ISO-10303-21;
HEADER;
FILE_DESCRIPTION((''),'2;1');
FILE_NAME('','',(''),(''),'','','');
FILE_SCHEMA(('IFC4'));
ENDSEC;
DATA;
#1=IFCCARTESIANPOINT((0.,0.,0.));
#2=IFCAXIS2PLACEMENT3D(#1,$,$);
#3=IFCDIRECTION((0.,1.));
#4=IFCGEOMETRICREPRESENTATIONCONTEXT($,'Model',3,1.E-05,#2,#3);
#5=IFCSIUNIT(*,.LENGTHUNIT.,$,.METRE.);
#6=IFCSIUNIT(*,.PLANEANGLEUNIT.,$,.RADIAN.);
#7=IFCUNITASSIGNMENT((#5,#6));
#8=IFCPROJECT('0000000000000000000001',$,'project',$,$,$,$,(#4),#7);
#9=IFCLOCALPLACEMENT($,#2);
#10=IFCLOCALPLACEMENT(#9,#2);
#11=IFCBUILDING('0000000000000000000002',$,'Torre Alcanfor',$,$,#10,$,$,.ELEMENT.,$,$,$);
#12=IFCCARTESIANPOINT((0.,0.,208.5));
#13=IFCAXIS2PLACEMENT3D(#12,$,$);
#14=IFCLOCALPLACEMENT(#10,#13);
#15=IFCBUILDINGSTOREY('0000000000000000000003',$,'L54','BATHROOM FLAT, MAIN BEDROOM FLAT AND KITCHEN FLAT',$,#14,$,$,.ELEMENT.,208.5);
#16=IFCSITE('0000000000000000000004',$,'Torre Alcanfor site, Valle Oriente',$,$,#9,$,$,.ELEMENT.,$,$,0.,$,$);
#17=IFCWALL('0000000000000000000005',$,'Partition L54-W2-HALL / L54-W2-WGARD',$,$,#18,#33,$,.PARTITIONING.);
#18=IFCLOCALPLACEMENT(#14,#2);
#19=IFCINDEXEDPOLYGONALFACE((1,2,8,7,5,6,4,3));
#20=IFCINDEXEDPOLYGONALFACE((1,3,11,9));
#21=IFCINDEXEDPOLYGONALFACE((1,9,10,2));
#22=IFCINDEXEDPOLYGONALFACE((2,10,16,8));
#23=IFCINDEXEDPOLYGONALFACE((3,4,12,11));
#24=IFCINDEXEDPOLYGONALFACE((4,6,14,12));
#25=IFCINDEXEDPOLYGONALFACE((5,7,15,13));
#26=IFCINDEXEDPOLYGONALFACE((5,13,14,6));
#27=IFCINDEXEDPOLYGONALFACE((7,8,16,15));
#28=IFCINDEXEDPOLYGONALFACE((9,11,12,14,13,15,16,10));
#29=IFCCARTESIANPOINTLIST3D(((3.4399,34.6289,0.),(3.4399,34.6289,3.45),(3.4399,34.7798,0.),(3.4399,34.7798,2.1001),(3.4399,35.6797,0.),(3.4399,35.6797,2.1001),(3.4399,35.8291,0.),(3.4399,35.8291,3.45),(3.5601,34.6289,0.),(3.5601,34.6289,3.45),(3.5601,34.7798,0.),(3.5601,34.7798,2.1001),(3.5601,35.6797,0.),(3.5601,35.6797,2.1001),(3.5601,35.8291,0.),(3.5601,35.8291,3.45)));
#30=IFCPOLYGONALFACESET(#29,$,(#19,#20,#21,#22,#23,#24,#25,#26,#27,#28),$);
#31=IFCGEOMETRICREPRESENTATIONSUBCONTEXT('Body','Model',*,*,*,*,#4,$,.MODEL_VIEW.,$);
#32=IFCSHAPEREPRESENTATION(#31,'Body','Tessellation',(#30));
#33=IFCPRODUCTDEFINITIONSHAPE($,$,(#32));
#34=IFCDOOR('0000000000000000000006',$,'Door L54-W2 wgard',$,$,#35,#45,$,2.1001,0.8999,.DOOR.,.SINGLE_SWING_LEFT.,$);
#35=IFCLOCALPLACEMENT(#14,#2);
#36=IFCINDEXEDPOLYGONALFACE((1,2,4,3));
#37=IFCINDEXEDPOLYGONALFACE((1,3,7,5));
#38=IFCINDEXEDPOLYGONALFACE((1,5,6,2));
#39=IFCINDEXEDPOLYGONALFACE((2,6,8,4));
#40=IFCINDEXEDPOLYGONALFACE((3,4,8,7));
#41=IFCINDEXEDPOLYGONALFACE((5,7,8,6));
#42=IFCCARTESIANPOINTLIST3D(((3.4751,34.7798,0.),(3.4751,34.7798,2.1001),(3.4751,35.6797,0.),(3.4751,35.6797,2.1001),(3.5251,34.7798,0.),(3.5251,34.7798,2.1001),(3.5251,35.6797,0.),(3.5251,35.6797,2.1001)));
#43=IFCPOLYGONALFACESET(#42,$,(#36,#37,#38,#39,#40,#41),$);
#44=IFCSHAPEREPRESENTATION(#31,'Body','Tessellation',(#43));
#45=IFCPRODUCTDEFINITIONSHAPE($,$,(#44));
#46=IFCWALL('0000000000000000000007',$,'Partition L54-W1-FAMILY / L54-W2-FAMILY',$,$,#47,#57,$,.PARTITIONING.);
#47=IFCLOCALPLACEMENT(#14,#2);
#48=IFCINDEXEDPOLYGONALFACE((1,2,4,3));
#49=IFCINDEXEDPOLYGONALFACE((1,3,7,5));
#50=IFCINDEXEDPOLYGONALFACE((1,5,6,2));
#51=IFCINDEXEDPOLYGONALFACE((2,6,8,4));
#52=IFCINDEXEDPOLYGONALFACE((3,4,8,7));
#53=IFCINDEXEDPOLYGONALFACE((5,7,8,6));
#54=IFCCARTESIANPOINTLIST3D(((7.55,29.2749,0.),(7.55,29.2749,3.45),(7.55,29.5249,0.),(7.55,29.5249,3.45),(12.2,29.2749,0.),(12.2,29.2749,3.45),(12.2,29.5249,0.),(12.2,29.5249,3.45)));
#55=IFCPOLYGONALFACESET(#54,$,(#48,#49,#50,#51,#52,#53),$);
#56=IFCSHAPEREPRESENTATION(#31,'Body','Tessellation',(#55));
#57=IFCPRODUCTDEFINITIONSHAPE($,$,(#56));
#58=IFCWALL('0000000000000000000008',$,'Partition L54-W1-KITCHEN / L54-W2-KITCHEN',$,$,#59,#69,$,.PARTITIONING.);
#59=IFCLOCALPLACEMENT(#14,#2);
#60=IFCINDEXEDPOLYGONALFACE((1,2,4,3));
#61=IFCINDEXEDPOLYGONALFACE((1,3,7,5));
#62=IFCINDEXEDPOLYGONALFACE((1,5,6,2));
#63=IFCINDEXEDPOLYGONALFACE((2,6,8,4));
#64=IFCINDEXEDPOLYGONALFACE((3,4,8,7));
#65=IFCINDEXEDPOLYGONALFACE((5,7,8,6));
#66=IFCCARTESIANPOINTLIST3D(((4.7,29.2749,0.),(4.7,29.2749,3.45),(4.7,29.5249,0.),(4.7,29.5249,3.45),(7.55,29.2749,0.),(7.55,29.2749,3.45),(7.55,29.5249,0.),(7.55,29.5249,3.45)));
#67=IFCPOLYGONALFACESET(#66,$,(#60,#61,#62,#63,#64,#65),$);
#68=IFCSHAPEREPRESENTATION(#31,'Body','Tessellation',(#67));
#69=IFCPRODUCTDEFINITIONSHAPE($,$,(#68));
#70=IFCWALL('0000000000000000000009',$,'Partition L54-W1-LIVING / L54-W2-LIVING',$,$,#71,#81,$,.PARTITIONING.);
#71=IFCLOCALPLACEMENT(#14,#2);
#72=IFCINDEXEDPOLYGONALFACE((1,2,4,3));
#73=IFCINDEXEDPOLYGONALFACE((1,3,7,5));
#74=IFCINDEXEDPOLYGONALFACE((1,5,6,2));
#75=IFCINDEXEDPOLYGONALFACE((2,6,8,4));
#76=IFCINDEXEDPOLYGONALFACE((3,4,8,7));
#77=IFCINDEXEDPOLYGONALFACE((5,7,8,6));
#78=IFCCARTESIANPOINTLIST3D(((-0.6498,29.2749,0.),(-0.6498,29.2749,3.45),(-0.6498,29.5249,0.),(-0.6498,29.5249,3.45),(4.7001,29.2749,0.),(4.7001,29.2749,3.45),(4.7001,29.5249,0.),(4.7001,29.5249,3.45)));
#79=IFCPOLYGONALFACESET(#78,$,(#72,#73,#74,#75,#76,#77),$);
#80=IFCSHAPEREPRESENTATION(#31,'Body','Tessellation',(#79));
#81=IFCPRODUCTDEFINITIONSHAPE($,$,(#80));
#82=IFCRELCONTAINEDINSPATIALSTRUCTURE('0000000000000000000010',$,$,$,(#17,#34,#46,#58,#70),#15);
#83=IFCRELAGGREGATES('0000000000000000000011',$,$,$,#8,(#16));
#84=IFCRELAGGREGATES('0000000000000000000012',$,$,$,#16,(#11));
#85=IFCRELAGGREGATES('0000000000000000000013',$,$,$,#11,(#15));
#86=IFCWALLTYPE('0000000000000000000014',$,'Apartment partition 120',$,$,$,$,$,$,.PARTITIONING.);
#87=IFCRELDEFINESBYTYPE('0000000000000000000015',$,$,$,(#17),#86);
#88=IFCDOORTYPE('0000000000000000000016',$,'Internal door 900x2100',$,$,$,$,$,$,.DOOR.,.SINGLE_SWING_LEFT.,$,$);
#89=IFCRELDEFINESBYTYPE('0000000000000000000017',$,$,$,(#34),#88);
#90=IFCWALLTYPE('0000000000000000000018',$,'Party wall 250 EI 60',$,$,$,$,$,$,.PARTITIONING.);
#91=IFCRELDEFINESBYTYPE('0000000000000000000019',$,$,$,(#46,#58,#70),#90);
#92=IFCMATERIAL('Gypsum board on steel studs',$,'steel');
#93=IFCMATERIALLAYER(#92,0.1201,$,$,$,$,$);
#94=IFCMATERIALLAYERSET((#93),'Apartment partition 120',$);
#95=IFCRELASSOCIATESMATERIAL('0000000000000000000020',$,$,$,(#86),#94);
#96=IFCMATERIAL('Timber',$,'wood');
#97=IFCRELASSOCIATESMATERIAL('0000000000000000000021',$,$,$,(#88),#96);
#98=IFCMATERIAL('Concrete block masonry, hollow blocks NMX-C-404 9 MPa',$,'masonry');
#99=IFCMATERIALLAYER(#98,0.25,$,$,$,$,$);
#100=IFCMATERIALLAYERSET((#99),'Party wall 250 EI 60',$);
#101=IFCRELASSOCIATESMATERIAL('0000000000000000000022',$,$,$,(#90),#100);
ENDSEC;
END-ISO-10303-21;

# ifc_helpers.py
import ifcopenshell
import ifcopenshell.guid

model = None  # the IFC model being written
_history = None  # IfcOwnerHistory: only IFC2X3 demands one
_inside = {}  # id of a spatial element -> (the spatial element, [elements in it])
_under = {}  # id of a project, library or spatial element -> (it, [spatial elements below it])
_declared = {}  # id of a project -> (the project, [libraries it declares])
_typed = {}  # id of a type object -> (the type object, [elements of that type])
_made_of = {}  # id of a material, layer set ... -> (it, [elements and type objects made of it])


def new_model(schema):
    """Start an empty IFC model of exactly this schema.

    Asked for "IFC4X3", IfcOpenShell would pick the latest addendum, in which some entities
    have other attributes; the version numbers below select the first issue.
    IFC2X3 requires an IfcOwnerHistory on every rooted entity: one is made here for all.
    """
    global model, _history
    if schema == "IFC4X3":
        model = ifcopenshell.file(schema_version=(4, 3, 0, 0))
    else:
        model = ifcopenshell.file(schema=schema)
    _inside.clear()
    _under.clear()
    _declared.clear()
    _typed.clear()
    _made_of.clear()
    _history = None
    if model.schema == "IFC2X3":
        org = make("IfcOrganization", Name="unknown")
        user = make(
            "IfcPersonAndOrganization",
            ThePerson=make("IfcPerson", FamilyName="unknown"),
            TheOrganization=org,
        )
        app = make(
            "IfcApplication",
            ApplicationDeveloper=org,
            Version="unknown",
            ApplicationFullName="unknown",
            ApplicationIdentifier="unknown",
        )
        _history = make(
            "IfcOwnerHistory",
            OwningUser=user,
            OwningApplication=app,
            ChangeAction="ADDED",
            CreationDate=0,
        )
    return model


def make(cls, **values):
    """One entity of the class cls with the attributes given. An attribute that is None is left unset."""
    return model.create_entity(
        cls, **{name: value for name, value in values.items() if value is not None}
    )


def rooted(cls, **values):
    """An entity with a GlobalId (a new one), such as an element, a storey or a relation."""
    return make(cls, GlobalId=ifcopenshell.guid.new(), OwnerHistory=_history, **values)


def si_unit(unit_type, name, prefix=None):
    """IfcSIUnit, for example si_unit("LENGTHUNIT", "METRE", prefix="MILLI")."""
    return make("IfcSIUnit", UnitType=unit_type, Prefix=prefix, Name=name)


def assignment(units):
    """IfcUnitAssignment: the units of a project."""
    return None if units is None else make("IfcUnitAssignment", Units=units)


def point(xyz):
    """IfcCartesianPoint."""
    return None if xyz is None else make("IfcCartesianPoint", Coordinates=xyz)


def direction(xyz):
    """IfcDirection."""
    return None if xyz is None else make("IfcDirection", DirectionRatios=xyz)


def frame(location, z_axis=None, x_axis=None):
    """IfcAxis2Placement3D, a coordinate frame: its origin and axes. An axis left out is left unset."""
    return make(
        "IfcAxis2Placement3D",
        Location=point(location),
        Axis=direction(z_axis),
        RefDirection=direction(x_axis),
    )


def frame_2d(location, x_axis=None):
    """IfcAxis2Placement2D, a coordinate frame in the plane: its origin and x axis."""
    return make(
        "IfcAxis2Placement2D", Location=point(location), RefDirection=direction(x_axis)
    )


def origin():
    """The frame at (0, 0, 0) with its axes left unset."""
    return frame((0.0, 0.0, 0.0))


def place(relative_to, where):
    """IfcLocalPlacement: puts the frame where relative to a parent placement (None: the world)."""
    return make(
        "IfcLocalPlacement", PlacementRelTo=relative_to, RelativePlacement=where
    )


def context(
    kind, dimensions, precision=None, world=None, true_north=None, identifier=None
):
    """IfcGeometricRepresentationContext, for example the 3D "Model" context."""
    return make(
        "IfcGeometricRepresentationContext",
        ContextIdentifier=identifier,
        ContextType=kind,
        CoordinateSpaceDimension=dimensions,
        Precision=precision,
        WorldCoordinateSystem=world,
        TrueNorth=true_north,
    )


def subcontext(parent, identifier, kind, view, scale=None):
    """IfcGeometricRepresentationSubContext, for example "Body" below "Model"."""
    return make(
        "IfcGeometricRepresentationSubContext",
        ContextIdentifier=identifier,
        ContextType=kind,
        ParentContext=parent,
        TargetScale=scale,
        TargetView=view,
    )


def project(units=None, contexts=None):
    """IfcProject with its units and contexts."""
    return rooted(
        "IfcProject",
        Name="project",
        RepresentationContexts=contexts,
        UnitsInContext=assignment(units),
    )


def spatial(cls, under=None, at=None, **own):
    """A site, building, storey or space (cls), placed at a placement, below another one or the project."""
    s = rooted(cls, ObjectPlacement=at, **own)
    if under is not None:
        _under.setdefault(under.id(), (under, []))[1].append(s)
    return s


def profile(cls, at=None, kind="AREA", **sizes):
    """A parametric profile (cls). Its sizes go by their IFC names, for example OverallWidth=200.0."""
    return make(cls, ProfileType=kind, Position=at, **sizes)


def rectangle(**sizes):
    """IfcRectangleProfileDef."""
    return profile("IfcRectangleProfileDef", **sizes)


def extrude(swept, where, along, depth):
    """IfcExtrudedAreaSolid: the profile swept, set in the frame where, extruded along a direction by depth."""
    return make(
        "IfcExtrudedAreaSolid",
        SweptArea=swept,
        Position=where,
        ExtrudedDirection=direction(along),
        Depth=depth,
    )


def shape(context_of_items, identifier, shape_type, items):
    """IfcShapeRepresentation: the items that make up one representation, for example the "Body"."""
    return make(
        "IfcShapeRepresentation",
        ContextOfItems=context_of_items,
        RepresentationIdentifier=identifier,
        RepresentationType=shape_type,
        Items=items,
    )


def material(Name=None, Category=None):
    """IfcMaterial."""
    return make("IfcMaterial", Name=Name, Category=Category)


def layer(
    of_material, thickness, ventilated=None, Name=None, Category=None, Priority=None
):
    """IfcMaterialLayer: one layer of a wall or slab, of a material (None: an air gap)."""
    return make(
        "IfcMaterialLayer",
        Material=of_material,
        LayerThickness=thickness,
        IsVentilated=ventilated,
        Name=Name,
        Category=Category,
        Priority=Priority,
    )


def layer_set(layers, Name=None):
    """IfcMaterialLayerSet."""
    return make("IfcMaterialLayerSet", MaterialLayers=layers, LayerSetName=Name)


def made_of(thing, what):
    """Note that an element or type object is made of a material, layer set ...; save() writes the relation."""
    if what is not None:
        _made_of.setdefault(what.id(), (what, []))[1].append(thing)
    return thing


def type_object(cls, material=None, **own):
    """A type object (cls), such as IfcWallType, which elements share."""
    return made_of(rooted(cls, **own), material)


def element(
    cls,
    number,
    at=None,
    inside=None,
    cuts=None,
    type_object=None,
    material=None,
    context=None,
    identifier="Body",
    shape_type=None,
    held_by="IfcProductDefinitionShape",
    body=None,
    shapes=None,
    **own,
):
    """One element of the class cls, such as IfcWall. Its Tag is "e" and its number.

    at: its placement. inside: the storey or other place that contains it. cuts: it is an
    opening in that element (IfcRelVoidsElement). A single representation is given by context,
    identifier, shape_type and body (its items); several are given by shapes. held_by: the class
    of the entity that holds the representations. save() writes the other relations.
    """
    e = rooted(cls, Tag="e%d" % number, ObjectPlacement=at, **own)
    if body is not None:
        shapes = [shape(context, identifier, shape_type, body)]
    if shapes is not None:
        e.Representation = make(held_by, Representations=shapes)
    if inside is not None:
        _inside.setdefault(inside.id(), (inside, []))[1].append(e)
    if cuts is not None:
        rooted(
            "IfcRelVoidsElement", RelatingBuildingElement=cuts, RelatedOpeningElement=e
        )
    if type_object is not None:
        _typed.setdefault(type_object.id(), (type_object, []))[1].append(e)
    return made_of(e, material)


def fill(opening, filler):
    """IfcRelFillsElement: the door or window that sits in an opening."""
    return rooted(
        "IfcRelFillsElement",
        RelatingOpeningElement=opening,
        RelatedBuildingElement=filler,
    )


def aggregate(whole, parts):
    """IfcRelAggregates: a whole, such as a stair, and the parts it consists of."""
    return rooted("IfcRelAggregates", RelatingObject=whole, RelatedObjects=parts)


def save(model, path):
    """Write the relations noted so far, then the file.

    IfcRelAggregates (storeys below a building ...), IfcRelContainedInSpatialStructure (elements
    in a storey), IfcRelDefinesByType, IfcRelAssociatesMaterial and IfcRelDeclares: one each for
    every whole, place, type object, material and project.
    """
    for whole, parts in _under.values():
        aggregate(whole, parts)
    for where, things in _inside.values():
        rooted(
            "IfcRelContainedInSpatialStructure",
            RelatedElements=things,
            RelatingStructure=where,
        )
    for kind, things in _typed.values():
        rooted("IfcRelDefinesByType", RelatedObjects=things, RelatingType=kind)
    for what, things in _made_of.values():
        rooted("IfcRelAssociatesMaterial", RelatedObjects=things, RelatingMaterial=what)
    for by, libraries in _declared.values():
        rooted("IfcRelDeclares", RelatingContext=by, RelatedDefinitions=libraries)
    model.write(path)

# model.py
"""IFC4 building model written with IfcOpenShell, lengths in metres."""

from ifc_helpers import new_model, si_unit, direction, frame, frame_2d, origin, place, context, subcontext, project, spatial, rectangle, extrude, material, layer, layer_set, type_object, element, fill, save


model = new_model("IFC4")

# Units and contexts
model_context = context("Model", 3, precision=1e-05, world=origin(), true_north=direction((0.0, 1.0)))
body_context = subcontext(model_context, "Body", "Model", "MODEL_VIEW")
ifc_project = project(units=[si_unit("LENGTHUNIT", "METRE"), si_unit("PLANEANGLEUNIT", "RADIAN")], contexts=[model_context])

# Site, building, storey
site_placement = place(None, origin())
site = spatial("IfcSite", under=ifc_project, at=site_placement, Name="Torre Alcanfor site, Valle Oriente", CompositionType="ELEMENT", RefElevation=0.0)
building_placement = place(site_placement, origin())
building = spatial("IfcBuilding", under=site, at=building_placement, Name="Torre Alcanfor", CompositionType="ELEMENT")
storey_placement = place(building_placement, frame((0.0, 0.0, 208.5)))
storey = spatial("IfcBuildingStorey", under=building, at=storey_placement, Name="L54", Description="BATHROOM FLAT, MAIN BEDROOM FLAT AND KITCHEN FLAT", CompositionType="ELEMENT", Elevation=208.5)

# Shared definitions
ifc_material_1 = material(Name="Gypsum board on steel studs", Category="steel")
ifc_layer_1 = layer(ifc_material_1, 0.1201)
ifc_layer_set_1 = layer_set([ifc_layer_1], Name="Apartment partition 120")
wall_type_1 = type_object("IfcWallType", Name="Apartment partition 120", PredefinedType="PARTITIONING", material=ifc_layer_set_1)

# Shared definitions
ifc_material_2 = material(Name="Timber", Category="wood")
door_type = type_object("IfcDoorType", Name="Internal door 900x2100", OperationType="SINGLE_SWING_LEFT", PredefinedType="DOOR", material=ifc_material_2)

# Wall, opening, door
wall_1_placement = place(storey_placement, frame((3.5, 34.6289, 0.0), z_axis=(0.0, 0.0, 1.0), x_axis=(0.0, 1.0, 0.0)))
wall_1 = element("IfcWall", 1, at=wall_1_placement, inside=storey, type_object=wall_type_1, Name="Partition L54-W2-HALL / L54-W2-WGARD", PredefinedType="PARTITIONING", context=body_context, shape_type="SweptSolid", body=[
    extrude(rectangle(XDim=1.2002, YDim=0.1201, at=frame_2d((0.6001, 0.0))), origin(), (0.0, 0.0, 1.0), 3.45),
])
opening_1_placement = place(wall_1_placement, frame((0.1509, 0.0, 0.0)))
opening_1 = element("IfcOpeningElement", 2, at=opening_1_placement, cuts=wall_1, PredefinedType="OPENING", context=body_context, shape_type="SweptSolid", body=[
    extrude(rectangle(XDim=0.8999, YDim=2.1001, at=frame_2d((0.45, 1.05))), frame((0.0, 0.0701, 0.0), z_axis=(0.0, -1.0, 0.0), x_axis=(1.0, 0.0, 0.0)), (0.0, 0.0, 1.0), 0.1401),
])
door_1_placement = place(opening_1_placement, origin())
door_1 = element("IfcDoor", 3, at=door_1_placement, inside=storey, type_object=door_type, Name="Door L54-W2 wgard", OperationType="SINGLE_SWING_LEFT", OverallHeight=2.1001, OverallWidth=0.8999, PredefinedType="DOOR", context=body_context, shape_type="SweptSolid", body=[
    extrude(rectangle(XDim=0.8999, YDim=2.1001, at=frame_2d((0.45, 1.05))), frame((0.0, 0.0249, 0.0), z_axis=(0.0, -1.0, 0.0), x_axis=(1.0, 0.0, 0.0)), (0.0, 0.0, 1.0), 0.05),
])
fill(opening_1, door_1)

# Walls
ifc_material_3 = material(Name="Concrete block masonry, hollow blocks NMX-C-404 9 MPa", Category="masonry")
ifc_layer_2 = layer(ifc_material_3, 0.25)
ifc_layer_set_2 = layer_set([ifc_layer_2], Name="Party wall 250 EI 60")
wall_type_2 = type_object("IfcWallType", Name="Party wall 250 EI 60", PredefinedType="PARTITIONING", material=ifc_layer_set_2)
wall_2_placement = place(storey_placement, frame((12.2, 29.3999, 0.0), z_axis=(0.0, 0.0, 1.0), x_axis=(-1.0, 0.0, 0.0)))
element("IfcWall", 4, at=wall_2_placement, inside=storey, type_object=wall_type_2, Name="Partition L54-W1-FAMILY / L54-W2-FAMILY", PredefinedType="PARTITIONING", context=body_context, shape_type="SweptSolid", body=[
    extrude(rectangle(XDim=4.6499, YDim=0.25, at=frame_2d((2.325, 0.0))), origin(), (0.0, 0.0, 1.0), 3.45),
])
wall_3_placement = place(storey_placement, frame((7.55, 29.3999, 0.0), z_axis=(0.0, 0.0, 1.0), x_axis=(-1.0, 0.0, 0.0)))
element("IfcWall", 5, at=wall_3_placement, inside=storey, type_object=wall_type_2, Name="Partition L54-W1-KITCHEN / L54-W2-KITCHEN", PredefinedType="PARTITIONING", context=body_context, shape_type="SweptSolid", body=[
    extrude(rectangle(XDim=2.8501, YDim=0.25, at=frame_2d((1.425, 0.0))), origin(), (0.0, 0.0, 1.0), 3.45),
])
wall_4_placement = place(storey_placement, frame((4.7, 29.3999, 0.0), z_axis=(0.0, 0.0, 1.0), x_axis=(-1.0, 0.0, 0.0)))
element("IfcWall", 6, at=wall_4_placement, inside=storey, type_object=wall_type_2, Name="Partition L54-W1-LIVING / L54-W2-LIVING", PredefinedType="PARTITIONING", context=body_context, shape_type="SweptSolid", body=[
    extrude(rectangle(XDim=5.3499, YDim=0.25, at=frame_2d((2.6748, 0.0))), origin(), (0.0, 0.0, 1.0), 3.45),
])

save(model, "model.ifc")
